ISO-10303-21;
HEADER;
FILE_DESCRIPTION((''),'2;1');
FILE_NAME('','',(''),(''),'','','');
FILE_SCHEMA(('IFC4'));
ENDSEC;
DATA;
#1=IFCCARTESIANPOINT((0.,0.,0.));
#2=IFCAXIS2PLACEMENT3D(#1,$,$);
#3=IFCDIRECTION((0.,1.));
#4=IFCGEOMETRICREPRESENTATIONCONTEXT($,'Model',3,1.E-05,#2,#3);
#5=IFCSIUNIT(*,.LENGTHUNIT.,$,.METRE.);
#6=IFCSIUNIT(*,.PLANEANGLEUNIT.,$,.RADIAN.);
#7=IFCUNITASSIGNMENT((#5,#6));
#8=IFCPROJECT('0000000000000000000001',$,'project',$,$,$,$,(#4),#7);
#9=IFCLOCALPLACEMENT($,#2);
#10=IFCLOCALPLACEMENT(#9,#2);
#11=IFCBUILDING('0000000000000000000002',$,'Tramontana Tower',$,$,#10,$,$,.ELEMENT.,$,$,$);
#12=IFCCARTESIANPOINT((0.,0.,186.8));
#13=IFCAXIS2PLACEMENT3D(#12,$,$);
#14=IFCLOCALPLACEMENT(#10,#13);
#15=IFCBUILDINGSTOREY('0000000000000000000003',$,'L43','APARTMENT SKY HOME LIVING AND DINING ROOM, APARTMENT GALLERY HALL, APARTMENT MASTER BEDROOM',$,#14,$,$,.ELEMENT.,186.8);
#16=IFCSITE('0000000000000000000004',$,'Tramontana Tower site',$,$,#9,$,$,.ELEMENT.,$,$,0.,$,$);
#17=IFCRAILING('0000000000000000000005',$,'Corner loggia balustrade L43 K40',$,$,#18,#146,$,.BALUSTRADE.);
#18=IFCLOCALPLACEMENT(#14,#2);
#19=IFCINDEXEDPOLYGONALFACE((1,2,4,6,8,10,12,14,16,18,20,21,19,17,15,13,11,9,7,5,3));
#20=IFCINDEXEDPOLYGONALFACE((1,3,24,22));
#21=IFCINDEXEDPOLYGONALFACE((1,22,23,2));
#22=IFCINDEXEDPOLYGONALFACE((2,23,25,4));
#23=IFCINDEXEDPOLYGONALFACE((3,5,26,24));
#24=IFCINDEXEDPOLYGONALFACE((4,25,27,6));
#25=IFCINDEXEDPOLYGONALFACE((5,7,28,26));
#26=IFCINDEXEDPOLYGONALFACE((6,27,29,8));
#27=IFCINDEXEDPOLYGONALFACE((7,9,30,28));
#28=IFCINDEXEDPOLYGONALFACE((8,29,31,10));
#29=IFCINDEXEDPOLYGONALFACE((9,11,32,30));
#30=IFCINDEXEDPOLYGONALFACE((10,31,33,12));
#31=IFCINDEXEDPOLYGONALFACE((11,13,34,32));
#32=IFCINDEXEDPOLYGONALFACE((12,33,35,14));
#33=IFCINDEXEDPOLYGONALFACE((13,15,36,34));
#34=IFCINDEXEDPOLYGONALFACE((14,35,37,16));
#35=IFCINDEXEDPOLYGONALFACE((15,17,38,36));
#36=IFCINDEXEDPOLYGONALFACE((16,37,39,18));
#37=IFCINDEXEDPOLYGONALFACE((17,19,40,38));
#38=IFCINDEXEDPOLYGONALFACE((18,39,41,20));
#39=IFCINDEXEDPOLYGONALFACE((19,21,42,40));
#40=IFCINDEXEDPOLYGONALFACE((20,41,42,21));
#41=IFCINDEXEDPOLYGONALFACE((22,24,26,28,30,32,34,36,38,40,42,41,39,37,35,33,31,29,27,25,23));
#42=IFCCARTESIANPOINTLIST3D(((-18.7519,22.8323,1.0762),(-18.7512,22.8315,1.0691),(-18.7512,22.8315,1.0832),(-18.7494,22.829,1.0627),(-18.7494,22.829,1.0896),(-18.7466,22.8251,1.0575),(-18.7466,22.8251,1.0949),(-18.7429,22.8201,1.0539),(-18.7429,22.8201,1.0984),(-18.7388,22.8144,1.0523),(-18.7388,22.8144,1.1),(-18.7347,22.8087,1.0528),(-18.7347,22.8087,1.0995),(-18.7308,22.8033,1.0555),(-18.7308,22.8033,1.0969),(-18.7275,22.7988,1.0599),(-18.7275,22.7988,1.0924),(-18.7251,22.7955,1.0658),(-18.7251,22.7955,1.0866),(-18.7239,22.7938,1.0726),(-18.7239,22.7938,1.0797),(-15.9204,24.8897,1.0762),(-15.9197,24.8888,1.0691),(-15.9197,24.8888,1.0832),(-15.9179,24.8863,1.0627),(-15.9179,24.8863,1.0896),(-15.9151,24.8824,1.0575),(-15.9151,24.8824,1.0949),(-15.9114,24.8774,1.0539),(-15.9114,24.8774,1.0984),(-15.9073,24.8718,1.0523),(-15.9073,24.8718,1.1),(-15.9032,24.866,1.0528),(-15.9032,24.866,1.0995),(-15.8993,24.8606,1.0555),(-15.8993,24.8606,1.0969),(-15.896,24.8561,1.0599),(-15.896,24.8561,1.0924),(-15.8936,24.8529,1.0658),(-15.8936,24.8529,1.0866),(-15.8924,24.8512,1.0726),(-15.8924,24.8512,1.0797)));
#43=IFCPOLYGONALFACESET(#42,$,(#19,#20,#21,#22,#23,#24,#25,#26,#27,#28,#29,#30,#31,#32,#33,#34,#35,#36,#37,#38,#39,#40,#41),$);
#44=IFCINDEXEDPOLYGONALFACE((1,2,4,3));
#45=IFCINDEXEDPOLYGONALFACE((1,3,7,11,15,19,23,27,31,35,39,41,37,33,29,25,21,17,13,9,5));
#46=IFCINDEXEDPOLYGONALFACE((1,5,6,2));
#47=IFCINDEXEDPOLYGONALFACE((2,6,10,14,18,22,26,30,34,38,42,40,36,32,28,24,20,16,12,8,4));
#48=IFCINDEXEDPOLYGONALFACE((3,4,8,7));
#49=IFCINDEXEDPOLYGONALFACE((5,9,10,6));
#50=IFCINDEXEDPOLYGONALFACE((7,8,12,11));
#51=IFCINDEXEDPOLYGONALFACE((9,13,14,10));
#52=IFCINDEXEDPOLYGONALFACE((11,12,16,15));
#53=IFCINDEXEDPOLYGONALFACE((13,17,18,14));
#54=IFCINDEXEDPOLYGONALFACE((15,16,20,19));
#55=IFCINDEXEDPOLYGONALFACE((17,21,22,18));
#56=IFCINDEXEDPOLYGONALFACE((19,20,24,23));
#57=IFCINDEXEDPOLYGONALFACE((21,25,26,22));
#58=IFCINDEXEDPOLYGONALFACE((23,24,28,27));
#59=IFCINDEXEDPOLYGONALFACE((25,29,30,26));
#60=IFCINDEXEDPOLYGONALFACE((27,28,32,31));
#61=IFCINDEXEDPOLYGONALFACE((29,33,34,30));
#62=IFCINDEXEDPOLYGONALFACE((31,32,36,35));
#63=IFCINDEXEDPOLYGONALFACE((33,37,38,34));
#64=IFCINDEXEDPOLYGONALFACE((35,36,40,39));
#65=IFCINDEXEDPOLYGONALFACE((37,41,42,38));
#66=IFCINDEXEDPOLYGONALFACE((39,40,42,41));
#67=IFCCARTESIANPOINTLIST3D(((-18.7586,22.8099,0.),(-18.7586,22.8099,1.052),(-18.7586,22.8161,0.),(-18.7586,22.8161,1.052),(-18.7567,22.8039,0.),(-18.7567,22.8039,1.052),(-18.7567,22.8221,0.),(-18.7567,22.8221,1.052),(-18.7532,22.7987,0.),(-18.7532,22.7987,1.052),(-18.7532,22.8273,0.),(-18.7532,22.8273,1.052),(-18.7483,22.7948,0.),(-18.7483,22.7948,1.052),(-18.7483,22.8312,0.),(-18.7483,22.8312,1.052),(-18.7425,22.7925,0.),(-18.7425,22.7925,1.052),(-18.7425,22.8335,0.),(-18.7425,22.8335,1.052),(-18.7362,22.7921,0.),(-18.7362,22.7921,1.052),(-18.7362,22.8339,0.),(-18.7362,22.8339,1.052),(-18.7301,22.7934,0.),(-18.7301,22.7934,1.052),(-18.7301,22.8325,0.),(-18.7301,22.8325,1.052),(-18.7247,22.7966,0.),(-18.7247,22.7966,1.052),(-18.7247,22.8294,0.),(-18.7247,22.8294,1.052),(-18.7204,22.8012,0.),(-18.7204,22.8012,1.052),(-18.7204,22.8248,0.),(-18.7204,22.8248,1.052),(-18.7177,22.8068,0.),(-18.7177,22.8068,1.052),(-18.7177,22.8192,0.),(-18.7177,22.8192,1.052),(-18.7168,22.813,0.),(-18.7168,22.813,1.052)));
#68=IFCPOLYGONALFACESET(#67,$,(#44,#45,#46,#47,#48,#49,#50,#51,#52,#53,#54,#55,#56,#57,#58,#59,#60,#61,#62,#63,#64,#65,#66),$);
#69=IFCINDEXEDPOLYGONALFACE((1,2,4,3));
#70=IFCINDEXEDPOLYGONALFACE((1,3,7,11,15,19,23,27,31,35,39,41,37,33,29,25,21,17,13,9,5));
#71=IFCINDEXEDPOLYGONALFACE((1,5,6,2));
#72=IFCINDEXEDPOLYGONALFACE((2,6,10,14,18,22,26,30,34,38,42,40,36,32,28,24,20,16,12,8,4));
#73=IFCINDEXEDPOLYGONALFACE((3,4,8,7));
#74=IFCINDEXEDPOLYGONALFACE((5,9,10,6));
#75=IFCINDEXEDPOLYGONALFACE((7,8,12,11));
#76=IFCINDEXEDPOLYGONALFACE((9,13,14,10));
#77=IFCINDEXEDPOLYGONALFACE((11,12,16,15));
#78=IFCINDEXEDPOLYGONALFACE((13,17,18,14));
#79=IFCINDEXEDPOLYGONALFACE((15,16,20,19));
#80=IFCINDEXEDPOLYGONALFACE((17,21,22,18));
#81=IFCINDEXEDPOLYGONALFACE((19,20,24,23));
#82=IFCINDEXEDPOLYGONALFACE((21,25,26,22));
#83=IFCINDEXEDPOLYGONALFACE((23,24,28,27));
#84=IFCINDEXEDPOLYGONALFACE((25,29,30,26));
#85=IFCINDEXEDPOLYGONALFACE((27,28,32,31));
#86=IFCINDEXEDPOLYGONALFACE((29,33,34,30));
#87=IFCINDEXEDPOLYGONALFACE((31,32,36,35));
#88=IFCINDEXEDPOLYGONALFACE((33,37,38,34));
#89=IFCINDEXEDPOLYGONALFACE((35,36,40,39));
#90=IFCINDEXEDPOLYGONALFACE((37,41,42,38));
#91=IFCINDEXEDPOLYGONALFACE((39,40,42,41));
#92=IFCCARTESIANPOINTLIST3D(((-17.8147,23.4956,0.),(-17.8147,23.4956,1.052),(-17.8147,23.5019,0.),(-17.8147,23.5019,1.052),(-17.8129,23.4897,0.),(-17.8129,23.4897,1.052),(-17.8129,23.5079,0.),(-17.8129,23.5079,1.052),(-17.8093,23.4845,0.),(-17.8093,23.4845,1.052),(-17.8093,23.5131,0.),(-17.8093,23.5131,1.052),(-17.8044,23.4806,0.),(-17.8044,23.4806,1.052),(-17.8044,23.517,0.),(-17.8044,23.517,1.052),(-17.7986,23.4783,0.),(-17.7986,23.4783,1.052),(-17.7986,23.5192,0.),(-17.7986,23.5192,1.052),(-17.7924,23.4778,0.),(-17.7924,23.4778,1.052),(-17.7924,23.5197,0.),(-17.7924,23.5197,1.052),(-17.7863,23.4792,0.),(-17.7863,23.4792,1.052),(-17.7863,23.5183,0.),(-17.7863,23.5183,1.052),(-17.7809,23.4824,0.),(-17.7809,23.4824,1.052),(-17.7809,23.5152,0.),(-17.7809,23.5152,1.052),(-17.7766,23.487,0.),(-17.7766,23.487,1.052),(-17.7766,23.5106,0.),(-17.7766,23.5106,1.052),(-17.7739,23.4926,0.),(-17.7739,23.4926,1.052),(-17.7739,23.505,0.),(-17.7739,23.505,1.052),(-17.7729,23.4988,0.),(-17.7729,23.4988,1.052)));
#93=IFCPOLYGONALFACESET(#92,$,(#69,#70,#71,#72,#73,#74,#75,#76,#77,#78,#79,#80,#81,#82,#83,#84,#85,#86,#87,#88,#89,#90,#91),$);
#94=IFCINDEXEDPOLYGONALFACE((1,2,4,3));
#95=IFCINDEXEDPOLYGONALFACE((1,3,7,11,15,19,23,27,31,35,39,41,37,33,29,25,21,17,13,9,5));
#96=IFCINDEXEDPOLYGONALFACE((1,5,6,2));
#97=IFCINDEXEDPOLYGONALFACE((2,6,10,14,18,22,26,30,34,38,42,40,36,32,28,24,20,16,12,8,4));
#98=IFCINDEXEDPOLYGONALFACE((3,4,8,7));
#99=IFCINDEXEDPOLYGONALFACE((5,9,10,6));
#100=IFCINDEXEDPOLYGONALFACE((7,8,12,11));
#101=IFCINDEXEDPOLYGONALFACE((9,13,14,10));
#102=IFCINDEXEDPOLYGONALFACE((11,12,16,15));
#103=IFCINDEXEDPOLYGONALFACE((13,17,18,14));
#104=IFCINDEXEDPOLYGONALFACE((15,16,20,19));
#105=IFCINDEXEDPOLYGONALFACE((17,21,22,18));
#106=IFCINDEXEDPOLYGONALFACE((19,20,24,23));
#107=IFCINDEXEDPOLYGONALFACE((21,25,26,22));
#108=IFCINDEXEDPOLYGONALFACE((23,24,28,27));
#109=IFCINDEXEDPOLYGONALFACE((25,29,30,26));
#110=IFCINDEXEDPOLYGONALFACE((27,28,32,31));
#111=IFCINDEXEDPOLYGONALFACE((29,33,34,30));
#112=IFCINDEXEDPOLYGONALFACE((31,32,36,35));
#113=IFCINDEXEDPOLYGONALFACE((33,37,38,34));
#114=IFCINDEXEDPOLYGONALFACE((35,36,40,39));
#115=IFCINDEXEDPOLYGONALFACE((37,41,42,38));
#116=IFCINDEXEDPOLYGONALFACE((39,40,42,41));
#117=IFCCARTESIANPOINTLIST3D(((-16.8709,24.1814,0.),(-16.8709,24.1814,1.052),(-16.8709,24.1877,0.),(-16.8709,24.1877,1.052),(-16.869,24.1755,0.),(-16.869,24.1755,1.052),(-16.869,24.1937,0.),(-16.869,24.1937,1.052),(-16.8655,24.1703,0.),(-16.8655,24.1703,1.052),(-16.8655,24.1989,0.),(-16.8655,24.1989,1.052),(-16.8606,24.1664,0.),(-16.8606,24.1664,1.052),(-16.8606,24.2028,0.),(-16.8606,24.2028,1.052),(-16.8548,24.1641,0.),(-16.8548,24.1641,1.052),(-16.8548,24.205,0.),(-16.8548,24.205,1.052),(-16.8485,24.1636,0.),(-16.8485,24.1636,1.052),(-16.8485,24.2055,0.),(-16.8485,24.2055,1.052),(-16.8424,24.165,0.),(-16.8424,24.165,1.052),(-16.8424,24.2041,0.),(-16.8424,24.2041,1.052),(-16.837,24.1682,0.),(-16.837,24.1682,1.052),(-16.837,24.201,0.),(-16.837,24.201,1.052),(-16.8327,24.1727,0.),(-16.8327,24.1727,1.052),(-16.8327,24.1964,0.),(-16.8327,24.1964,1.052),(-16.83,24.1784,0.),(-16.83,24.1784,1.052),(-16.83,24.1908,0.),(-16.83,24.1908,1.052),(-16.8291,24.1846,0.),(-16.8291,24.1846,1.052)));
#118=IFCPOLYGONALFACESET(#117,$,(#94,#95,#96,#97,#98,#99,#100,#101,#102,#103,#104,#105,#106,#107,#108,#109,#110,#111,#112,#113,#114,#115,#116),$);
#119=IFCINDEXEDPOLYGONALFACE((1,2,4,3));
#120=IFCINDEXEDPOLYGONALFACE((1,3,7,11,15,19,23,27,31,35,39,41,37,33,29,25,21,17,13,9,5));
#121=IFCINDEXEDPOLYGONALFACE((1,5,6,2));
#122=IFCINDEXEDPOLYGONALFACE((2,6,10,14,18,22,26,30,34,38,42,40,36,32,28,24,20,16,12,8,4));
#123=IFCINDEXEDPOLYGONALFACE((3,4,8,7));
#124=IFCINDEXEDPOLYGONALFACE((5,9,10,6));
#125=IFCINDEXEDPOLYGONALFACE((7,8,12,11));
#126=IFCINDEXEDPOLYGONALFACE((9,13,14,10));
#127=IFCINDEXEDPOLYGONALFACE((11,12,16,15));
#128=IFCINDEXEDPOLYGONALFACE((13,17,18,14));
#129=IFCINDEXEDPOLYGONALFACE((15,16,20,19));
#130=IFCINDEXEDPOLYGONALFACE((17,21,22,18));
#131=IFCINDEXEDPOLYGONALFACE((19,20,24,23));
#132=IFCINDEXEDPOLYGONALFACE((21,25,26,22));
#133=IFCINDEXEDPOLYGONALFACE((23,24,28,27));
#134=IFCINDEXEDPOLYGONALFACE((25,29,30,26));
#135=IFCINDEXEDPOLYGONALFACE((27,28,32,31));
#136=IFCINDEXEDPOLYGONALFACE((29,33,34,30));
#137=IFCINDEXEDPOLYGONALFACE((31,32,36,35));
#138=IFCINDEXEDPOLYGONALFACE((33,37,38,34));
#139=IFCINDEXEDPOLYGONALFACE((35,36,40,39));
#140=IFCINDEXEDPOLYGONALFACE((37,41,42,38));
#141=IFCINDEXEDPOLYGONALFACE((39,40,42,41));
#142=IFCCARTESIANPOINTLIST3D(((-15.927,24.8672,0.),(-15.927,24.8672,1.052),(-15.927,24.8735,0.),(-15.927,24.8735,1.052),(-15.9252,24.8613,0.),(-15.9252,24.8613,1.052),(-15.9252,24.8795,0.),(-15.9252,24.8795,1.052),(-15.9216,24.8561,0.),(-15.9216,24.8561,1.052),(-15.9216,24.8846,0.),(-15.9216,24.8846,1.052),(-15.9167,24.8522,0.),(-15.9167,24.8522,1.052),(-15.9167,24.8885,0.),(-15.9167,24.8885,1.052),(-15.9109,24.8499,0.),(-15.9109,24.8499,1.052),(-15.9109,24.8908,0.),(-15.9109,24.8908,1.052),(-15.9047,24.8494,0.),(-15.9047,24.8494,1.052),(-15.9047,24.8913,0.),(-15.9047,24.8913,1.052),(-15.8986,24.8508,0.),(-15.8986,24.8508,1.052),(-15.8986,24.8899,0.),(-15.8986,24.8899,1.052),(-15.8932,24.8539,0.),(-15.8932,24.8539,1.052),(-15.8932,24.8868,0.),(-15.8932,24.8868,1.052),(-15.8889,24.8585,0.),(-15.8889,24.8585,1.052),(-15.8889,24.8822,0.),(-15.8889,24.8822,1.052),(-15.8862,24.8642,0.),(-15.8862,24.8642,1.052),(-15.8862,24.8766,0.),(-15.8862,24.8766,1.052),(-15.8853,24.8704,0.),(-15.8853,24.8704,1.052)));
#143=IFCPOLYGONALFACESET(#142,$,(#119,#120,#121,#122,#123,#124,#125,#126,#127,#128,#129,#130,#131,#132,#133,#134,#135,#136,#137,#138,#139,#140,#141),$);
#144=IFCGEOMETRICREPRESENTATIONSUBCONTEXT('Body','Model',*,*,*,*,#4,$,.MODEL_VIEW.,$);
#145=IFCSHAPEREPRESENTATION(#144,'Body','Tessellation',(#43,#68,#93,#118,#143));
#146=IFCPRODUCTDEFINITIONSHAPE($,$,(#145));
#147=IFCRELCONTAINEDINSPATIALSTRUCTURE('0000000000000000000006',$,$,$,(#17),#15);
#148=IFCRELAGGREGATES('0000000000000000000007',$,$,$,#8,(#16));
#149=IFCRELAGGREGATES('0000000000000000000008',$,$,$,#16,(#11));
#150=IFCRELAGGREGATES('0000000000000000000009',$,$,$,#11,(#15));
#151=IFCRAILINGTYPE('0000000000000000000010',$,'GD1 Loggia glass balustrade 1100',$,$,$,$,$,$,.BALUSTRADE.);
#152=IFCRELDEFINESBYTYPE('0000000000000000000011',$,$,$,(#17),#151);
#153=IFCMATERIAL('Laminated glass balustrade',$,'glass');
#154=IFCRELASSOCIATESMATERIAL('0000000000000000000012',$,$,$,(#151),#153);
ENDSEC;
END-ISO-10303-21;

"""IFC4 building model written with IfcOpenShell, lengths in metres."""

from ifc_helpers import new_model, si_unit, direction, frame, origin, origin_2d, place, context, subcontext, project, spatial, circle, extrude, material, type_object, element, save


model = new_model("IFC4")

# Units and contexts
model_context = context("Model", 3, precision=1e-05, world=origin(), true_north=direction((0.0, 1.0)))
body_context = subcontext(model_context, "Body", "Model", "MODEL_VIEW")
ifc_project = project(units=[si_unit("LENGTHUNIT", "METRE"), si_unit("PLANEANGLEUNIT", "RADIAN")], contexts=[model_context])

# Site, building, storey
site_placement = place(None, origin())
site = spatial("IfcSite", under=ifc_project, at=site_placement, Name="Tramontana Tower site", CompositionType="ELEMENT", RefElevation=0.0)
building_placement = place(site_placement, origin())
building = spatial("IfcBuilding", under=site, at=building_placement, Name="Tramontana Tower", CompositionType="ELEMENT")
storey_placement = place(building_placement, frame((0.0, 0.0, 186.8)))
storey = spatial("IfcBuildingStorey", under=building, at=storey_placement, Name="L43", Description="APARTMENT SKY HOME LIVING AND DINING ROOM, APARTMENT GALLERY HALL, APARTMENT MASTER BEDROOM", CompositionType="ELEMENT", Elevation=186.8)

# Railing
ifc_material_1 = material(Name="Laminated glass balustrade", Category="glass")
railing_type = type_object("IfcRailingType", Name="GD1 Loggia glass balustrade 1100", PredefinedType="BALUSTRADE", material=ifc_material_1)
railing_1_placement = place(storey_placement, frame((-18.7378, 22.813, 0.0)))
element("IfcRailing", 1, at=railing_1_placement, inside=storey, type_object=railing_type, Name="Corner loggia balustrade L43 K40", PredefinedType="BALUSTRADE", context=body_context, shape_type="SweptSolid", body=[
    extrude(circle(Radius=0.0239, at=origin_2d()), frame((0.0, 0.0, 1.0762), z_axis=(0.808998, 0.587811, 0.0), x_axis=(-0.587811, 0.808998, 0.0)), (0.0, 0.0, 1.0), 3.5),
    extrude(circle(Radius=0.021, at=origin_2d()), origin(), (0.0, 0.0, 1.0), 1.052),
    extrude(circle(Radius=0.021, at=origin_2d()), frame((0.9438, 0.6858, 0.0)), (0.0, 0.0, 1.0), 1.052),
    extrude(circle(Radius=0.021, at=origin_2d()), frame((1.8877, 1.3716, 0.0)), (0.0, 0.0, 1.0), 1.052),
    extrude(circle(Radius=0.021, at=origin_2d()), frame((2.8315, 2.0574, 0.0)), (0.0, 0.0, 1.0), 1.052),
])

save(model, "model.ifc")
